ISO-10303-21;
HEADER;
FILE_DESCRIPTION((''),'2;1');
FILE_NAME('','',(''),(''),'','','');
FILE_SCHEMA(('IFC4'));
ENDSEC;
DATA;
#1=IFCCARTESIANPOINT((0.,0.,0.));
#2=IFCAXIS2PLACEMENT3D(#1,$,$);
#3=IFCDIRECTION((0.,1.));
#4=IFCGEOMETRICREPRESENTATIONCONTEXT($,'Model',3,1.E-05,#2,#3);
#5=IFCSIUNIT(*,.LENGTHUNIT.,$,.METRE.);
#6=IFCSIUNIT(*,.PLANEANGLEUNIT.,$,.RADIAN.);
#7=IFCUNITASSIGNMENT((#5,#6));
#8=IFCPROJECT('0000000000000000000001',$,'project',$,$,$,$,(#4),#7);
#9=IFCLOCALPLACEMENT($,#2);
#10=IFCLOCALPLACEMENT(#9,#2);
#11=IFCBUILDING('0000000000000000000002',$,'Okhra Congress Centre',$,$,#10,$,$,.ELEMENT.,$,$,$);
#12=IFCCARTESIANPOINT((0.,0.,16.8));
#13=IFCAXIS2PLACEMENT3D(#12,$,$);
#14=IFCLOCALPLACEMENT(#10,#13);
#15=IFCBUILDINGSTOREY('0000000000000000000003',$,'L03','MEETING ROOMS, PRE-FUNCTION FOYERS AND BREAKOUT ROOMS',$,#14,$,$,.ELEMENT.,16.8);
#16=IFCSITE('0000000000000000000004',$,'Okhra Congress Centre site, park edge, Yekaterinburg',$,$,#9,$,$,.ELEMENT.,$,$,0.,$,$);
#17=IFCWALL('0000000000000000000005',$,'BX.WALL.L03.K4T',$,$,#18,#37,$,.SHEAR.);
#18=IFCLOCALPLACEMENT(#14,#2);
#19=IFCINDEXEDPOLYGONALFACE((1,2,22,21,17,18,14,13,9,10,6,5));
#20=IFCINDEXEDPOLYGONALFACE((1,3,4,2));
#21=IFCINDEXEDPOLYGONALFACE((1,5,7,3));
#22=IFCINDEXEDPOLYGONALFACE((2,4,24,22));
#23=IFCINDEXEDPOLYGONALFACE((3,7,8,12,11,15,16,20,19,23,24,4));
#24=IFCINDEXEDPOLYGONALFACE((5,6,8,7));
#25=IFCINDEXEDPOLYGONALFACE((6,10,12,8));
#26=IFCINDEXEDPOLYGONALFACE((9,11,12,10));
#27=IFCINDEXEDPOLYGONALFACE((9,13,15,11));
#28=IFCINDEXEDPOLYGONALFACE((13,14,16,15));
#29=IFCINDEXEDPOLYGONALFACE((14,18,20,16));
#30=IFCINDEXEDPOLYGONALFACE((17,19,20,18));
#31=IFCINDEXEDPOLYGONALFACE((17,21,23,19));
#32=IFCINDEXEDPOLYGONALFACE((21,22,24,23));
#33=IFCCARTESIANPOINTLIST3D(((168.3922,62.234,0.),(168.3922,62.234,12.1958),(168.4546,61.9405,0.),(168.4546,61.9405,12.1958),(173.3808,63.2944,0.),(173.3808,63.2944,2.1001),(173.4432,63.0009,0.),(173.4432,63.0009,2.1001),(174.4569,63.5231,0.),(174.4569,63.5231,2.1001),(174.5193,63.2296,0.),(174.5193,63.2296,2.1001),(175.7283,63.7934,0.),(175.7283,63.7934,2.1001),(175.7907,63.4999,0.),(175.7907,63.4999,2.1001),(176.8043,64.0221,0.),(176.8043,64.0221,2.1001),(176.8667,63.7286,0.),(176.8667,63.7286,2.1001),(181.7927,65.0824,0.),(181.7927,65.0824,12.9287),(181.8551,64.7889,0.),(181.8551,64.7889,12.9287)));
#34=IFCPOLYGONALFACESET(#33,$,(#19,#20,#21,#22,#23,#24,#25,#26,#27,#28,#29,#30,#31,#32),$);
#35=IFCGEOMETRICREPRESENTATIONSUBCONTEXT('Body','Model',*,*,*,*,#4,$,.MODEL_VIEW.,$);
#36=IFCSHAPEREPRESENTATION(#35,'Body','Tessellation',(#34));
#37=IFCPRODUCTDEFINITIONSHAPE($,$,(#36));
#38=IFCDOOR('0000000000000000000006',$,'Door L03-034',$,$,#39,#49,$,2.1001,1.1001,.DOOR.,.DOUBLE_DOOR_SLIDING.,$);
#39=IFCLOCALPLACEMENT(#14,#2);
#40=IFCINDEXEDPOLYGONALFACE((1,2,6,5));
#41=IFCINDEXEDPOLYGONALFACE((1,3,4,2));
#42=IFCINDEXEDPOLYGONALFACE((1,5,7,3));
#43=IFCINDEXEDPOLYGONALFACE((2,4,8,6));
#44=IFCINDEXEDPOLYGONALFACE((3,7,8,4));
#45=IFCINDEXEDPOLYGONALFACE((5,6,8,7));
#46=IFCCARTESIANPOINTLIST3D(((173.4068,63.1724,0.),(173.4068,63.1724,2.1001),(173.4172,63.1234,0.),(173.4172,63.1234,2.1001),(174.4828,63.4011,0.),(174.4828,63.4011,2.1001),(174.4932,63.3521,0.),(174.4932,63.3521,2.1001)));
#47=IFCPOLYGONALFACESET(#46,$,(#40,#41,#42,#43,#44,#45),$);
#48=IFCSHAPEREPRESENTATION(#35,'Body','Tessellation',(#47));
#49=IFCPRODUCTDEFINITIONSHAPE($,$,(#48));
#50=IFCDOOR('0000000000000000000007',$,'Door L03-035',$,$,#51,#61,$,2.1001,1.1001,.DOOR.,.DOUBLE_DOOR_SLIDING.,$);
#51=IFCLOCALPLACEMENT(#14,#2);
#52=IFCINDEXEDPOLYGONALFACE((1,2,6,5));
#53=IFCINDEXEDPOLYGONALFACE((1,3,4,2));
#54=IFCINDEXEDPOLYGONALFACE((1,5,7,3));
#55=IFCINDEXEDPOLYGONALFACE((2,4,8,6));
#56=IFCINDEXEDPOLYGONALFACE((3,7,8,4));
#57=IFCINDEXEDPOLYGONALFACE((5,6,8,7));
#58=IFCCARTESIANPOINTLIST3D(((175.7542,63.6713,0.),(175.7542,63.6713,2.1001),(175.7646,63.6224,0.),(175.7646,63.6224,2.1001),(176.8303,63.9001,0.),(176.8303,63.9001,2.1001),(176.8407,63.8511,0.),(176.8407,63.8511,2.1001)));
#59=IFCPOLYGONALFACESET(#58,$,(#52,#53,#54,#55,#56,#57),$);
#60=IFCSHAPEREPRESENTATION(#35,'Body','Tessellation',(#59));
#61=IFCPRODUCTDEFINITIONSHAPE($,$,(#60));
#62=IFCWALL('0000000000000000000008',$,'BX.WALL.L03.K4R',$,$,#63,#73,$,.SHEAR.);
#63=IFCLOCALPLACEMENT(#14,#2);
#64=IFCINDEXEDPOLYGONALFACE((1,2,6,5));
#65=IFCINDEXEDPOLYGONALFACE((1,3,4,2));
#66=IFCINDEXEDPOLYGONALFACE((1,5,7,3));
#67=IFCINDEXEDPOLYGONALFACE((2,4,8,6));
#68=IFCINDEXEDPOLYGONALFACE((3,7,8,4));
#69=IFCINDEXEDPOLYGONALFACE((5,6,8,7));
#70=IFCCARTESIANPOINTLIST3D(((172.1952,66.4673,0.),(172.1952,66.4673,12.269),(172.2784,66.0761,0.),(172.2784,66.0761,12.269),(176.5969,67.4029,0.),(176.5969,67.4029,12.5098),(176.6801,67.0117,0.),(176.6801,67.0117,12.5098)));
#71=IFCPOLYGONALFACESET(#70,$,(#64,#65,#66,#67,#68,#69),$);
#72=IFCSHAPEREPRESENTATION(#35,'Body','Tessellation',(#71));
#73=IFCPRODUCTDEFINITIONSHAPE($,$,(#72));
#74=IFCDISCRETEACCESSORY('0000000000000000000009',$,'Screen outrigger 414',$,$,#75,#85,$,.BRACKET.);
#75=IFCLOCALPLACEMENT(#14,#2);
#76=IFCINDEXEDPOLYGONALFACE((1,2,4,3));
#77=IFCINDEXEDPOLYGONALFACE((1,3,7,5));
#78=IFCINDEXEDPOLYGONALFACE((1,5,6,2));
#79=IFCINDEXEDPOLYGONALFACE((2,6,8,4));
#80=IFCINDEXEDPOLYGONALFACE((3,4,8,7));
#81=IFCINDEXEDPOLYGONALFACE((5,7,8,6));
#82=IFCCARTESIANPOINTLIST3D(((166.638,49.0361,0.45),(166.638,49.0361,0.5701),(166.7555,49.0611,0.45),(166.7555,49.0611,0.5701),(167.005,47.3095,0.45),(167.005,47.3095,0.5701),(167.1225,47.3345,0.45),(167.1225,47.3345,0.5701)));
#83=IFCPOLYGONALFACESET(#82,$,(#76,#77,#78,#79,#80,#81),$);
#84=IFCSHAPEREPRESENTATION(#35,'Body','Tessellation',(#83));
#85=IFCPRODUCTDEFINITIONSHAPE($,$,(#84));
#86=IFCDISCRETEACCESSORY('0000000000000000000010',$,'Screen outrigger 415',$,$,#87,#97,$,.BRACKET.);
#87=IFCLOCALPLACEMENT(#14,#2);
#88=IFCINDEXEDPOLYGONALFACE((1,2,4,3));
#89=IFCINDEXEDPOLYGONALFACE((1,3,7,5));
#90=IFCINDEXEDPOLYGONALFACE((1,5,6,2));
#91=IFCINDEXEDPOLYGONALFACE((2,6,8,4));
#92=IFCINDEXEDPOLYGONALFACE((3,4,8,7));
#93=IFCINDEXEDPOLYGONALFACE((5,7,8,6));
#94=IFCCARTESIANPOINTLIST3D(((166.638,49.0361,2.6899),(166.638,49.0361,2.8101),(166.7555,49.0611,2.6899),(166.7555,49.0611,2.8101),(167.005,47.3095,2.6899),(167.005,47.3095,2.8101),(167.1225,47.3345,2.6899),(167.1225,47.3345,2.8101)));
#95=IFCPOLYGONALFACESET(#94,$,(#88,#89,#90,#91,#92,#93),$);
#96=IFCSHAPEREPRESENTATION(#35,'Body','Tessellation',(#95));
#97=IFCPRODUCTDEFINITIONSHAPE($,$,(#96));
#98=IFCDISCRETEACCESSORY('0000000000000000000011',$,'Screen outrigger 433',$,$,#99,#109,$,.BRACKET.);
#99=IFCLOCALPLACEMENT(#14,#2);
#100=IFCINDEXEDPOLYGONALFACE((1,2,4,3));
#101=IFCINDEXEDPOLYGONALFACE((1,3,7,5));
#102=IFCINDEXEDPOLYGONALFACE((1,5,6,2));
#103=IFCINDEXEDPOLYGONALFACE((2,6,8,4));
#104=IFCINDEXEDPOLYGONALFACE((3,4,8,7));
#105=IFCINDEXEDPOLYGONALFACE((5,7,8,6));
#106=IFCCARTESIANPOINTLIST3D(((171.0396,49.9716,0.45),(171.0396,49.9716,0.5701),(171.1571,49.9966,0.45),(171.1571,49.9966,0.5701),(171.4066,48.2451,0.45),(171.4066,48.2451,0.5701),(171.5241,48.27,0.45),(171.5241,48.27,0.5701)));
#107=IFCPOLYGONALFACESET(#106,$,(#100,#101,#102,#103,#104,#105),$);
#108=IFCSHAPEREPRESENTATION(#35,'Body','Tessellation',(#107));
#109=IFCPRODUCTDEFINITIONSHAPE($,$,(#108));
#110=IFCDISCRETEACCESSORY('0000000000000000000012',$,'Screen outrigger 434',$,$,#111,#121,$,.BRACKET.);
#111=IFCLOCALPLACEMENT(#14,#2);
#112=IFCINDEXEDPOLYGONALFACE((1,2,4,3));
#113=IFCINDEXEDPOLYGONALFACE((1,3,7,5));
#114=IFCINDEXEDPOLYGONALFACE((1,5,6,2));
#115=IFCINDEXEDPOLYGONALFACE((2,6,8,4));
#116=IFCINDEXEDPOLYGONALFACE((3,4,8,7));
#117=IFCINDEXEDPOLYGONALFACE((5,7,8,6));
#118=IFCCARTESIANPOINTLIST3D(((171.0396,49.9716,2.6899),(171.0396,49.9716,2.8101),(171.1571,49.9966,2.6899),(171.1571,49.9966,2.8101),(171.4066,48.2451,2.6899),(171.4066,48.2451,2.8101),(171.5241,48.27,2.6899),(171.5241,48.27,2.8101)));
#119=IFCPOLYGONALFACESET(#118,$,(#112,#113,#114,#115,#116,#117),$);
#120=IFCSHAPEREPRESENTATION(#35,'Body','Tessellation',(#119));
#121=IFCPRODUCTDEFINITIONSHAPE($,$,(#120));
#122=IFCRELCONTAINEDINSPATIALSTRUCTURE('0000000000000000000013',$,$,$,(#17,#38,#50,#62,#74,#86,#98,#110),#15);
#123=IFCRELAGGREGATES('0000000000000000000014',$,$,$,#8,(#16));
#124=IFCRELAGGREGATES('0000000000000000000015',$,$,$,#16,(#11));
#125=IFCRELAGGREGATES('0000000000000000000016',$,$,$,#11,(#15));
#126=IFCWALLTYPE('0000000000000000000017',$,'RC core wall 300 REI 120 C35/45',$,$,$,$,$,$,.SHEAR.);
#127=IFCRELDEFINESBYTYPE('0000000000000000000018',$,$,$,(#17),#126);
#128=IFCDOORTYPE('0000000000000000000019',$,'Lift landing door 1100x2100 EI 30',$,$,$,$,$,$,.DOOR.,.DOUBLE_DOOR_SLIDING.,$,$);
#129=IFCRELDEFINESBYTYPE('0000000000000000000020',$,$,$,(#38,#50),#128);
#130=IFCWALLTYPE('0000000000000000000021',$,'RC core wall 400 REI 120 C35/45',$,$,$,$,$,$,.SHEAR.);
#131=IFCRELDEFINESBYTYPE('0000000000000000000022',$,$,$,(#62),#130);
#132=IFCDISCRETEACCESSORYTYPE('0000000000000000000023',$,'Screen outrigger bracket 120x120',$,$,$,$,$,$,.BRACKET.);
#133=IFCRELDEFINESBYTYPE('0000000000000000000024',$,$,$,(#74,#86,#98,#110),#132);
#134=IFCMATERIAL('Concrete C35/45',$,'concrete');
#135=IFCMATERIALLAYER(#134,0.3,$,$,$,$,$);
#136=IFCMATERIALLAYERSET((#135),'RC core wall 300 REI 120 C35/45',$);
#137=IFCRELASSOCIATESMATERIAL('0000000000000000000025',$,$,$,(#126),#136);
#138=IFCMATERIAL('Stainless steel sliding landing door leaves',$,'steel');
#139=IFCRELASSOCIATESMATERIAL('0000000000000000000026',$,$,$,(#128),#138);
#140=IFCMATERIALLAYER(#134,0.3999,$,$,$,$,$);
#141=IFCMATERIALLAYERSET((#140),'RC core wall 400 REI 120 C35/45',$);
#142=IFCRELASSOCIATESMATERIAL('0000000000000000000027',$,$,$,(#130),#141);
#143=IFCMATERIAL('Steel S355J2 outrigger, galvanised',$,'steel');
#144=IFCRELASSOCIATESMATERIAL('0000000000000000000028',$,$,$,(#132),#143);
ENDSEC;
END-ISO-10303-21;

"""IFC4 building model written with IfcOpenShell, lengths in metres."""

from ifc_helpers import new_model, si_unit, direction, frame, frame_2d, origin, origin_2d, place, context, subcontext, project, spatial, polyline, rectangle, outline, extrude, material, layer, layer_set, material_profile, profile_set, type_object, element, fill, save


model = new_model("IFC4")

# Units and contexts
model_context = context("Model", 3, precision=1e-05, world=origin(), true_north=direction((0.0, 1.0)))
body_context = subcontext(model_context, "Body", "Model", "MODEL_VIEW")
ifc_project = project(units=[si_unit("LENGTHUNIT", "METRE"), si_unit("PLANEANGLEUNIT", "RADIAN")], contexts=[model_context])

# Site, building, storey
site_placement = place(None, origin())
site = spatial("IfcSite", under=ifc_project, at=site_placement, Name="Okhra Congress Centre site, park edge, Yekaterinburg", CompositionType="ELEMENT", RefElevation=0.0)
building_placement = place(site_placement, origin())
building = spatial("IfcBuilding", under=site, at=building_placement, Name="Okhra Congress Centre", CompositionType="ELEMENT")
storey_placement = place(building_placement, frame((0.0, 0.0, 16.8)))
storey = spatial("IfcBuildingStorey", under=building, at=storey_placement, Name="L03", Description="MEETING ROOMS, PRE-FUNCTION FOYERS AND BREAKOUT ROOMS", CompositionType="ELEMENT", Elevation=16.8)

# Wall, openings, doors
ifc_material_1 = material(Name="Concrete C35/45", Category="concrete")
ifc_layer_1 = layer(ifc_material_1, 0.3)
ifc_layer_set_1 = layer_set([ifc_layer_1], Name="RC core wall 300 REI 120 C35/45")
wall_type_1 = type_object("IfcWallType", Name="RC core wall 300 REI 120 C35/45", PredefinedType="SHEAR", material=ifc_layer_set_1)
wall_1_placement = place(storey_placement, frame((168.4233, 62.0874, 0.0), z_axis=(0.0, 0.0, 1.0), x_axis=(0.978148, 0.207911, 0.0)))
wall_1 = element("IfcWall", 1, at=wall_1_placement, inside=storey, type_object=wall_type_1, Name="BX.WALL.L03.K4T", PredefinedType="SHEAR", context=body_context, shape_type="SweptSolid", body=[
    extrude(outline(polyline([(0.0, 0.0), (13.7, 0.0), (13.7, 12.9287), (0.0, 12.1958), (0.0, 0.0)])), frame((0.0, 0.1499, 0.0), z_axis=(0.0, -1.0, 0.0), x_axis=(1.0, 0.0, 0.0)), (0.0, 0.0, 1.0), 0.3),
])
opening_1_placement = place(wall_1_placement, frame((5.1001, 0.0, 0.0)))
opening_1 = element("IfcOpeningElement", 2, at=opening_1_placement, cuts=wall_1, PredefinedType="OPENING", context=body_context, shape_type="SweptSolid", body=[
    extrude(rectangle(XDim=1.1001, YDim=2.1001, at=frame_2d((0.55, 1.05))), frame((0.0, 0.1599, 0.0), z_axis=(0.0, -1.0, 0.0), x_axis=(1.0, 0.0, 0.0)), (0.0, 0.0, 1.0), 0.3201),
])
opening_2_placement = place(wall_1_placement, frame((7.5, 0.0, 0.0)))
opening_2 = element("IfcOpeningElement", 3, at=opening_2_placement, cuts=wall_1, PredefinedType="OPENING", context=body_context, shape_type="SweptSolid", body=[
    extrude(rectangle(XDim=1.1001, YDim=2.1001, at=frame_2d((0.55, 1.05))), frame((0.0, 0.1599, 0.0), z_axis=(0.0, -1.0, 0.0), x_axis=(1.0, 0.0, 0.0)), (0.0, 0.0, 1.0), 0.3201),
])
ifc_material_2 = material(Name="Stainless steel sliding landing door leaves", Category="steel")
door_type = type_object("IfcDoorType", Name="Lift landing door 1100x2100 EI 30", OperationType="DOUBLE_DOOR_SLIDING", PredefinedType="DOOR", material=ifc_material_2)
door_1_placement = place(opening_1_placement, frame((1.1001, 0.0, 0.0), z_axis=(0.0, 0.0, 1.0), x_axis=(-1.0, 0.0, 0.0)))
door_1 = element("IfcDoor", 4, at=door_1_placement, inside=storey, type_object=door_type, Name="Door L03-034", OperationType="DOUBLE_DOOR_SLIDING", OverallHeight=2.1001, OverallWidth=1.1001, PredefinedType="DOOR", context=body_context, shape_type="SweptSolid", body=[
    extrude(rectangle(XDim=1.1001, YDim=2.1001, at=frame_2d((0.55, 1.05))), frame((0.0, 0.0249, 0.0), z_axis=(0.0, -1.0, 0.0), x_axis=(1.0, 0.0, 0.0)), (0.0, 0.0, 1.0), 0.05),
])
fill(opening_1, door_1)
door_2_placement = place(opening_2_placement, frame((1.1001, 0.0, 0.0), z_axis=(0.0, 0.0, 1.0), x_axis=(-1.0, 0.0, 0.0)))
door_2 = element("IfcDoor", 5, at=door_2_placement, inside=storey, type_object=door_type, Name="Door L03-035", OperationType="DOUBLE_DOOR_SLIDING", OverallHeight=2.1001, OverallWidth=1.1001, PredefinedType="DOOR", context=body_context, shape_type="SweptSolid", body=[
    extrude(rectangle(XDim=1.1001, YDim=2.1001, at=frame_2d((0.55, 1.05))), frame((0.0, 0.0249, 0.0), z_axis=(0.0, -1.0, 0.0), x_axis=(1.0, 0.0, 0.0)), (0.0, 0.0, 1.0), 0.05),
])
fill(opening_2, door_2)

# Wall
ifc_layer_2 = layer(ifc_material_1, 0.3999)
ifc_layer_set_2 = layer_set([ifc_layer_2], Name="RC core wall 400 REI 120 C35/45")
wall_type_2 = type_object("IfcWallType", Name="RC core wall 400 REI 120 C35/45", PredefinedType="SHEAR", material=ifc_layer_set_2)
wall_2_placement = place(storey_placement, frame((172.2368, 66.2717, 0.0), z_axis=(0.0, 0.0, 1.0), x_axis=(0.97815, 0.207902, 0.0)))
element("IfcWall", 6, at=wall_2_placement, inside=storey, type_object=wall_type_2, Name="BX.WALL.L03.K4R", PredefinedType="SHEAR", context=body_context, shape_type="SweptSolid", body=[
    extrude(outline(polyline([(0.0, 0.0), (4.5, 0.0), (4.5, 12.5098), (0.0, 12.269), (0.0, 0.0)])), frame((0.0, 0.2, 0.0), z_axis=(0.0, -1.0, 0.0), x_axis=(1.0, 0.0, 0.0)), (0.0, 0.0, 1.0), 0.3999),
])

# Discrete accessories
ifc_material_3 = material(Name="Steel S355J2 outrigger, galvanised", Category="steel")
ifc_material_profile_1 = material_profile(ifc_material_3, rectangle(XDim=0.1201, YDim=0.1201, at=origin_2d()), Name="Screen outrigger bracket 120x120")
ifc_profile_set_1 = profile_set([ifc_material_profile_1], Name="Steel S355J2 outrigger, galvanised")
discrete_accessory_type = type_object("IfcDiscreteAccessoryType", Name="Screen outrigger bracket 120x120", PredefinedType="BRACKET", material=ifc_profile_set_1)
for number, where, z_axis, x_axis, name in (
    (7, (166.6968, 49.0486, 0.51), (0.207885, -0.978153, 0.0), (0.978153, 0.207885, 0.0), "Screen outrigger 414"),
    (8, (166.6968, 49.0486, 2.75), (0.207885, -0.978153, 0.0), (0.978153, 0.207885, 0.0), "Screen outrigger 415"),
    (9, (171.0984, 49.9841, 0.51), (0.207885, -0.978153, 0.0), (0.978153, 0.207885, 0.0), "Screen outrigger 433"),
    (10, (171.0984, 49.9841, 2.75), (0.207885, -0.978153, 0.0), (0.978153, 0.207885, 0.0), "Screen outrigger 434"),
):
    element("IfcDiscreteAccessory", number, at=place(storey_placement, frame(where, z_axis=z_axis, x_axis=x_axis)), inside=storey, type_object=discrete_accessory_type, Name=name, PredefinedType="BRACKET", context=body_context, shape_type="SweptSolid", body=[
        extrude(rectangle(XDim=0.1201, YDim=0.1201, at=origin_2d()), origin(), (0.0, 0.0, 1.0), 1.7651),
    ])

save(model, "model.ifc")
